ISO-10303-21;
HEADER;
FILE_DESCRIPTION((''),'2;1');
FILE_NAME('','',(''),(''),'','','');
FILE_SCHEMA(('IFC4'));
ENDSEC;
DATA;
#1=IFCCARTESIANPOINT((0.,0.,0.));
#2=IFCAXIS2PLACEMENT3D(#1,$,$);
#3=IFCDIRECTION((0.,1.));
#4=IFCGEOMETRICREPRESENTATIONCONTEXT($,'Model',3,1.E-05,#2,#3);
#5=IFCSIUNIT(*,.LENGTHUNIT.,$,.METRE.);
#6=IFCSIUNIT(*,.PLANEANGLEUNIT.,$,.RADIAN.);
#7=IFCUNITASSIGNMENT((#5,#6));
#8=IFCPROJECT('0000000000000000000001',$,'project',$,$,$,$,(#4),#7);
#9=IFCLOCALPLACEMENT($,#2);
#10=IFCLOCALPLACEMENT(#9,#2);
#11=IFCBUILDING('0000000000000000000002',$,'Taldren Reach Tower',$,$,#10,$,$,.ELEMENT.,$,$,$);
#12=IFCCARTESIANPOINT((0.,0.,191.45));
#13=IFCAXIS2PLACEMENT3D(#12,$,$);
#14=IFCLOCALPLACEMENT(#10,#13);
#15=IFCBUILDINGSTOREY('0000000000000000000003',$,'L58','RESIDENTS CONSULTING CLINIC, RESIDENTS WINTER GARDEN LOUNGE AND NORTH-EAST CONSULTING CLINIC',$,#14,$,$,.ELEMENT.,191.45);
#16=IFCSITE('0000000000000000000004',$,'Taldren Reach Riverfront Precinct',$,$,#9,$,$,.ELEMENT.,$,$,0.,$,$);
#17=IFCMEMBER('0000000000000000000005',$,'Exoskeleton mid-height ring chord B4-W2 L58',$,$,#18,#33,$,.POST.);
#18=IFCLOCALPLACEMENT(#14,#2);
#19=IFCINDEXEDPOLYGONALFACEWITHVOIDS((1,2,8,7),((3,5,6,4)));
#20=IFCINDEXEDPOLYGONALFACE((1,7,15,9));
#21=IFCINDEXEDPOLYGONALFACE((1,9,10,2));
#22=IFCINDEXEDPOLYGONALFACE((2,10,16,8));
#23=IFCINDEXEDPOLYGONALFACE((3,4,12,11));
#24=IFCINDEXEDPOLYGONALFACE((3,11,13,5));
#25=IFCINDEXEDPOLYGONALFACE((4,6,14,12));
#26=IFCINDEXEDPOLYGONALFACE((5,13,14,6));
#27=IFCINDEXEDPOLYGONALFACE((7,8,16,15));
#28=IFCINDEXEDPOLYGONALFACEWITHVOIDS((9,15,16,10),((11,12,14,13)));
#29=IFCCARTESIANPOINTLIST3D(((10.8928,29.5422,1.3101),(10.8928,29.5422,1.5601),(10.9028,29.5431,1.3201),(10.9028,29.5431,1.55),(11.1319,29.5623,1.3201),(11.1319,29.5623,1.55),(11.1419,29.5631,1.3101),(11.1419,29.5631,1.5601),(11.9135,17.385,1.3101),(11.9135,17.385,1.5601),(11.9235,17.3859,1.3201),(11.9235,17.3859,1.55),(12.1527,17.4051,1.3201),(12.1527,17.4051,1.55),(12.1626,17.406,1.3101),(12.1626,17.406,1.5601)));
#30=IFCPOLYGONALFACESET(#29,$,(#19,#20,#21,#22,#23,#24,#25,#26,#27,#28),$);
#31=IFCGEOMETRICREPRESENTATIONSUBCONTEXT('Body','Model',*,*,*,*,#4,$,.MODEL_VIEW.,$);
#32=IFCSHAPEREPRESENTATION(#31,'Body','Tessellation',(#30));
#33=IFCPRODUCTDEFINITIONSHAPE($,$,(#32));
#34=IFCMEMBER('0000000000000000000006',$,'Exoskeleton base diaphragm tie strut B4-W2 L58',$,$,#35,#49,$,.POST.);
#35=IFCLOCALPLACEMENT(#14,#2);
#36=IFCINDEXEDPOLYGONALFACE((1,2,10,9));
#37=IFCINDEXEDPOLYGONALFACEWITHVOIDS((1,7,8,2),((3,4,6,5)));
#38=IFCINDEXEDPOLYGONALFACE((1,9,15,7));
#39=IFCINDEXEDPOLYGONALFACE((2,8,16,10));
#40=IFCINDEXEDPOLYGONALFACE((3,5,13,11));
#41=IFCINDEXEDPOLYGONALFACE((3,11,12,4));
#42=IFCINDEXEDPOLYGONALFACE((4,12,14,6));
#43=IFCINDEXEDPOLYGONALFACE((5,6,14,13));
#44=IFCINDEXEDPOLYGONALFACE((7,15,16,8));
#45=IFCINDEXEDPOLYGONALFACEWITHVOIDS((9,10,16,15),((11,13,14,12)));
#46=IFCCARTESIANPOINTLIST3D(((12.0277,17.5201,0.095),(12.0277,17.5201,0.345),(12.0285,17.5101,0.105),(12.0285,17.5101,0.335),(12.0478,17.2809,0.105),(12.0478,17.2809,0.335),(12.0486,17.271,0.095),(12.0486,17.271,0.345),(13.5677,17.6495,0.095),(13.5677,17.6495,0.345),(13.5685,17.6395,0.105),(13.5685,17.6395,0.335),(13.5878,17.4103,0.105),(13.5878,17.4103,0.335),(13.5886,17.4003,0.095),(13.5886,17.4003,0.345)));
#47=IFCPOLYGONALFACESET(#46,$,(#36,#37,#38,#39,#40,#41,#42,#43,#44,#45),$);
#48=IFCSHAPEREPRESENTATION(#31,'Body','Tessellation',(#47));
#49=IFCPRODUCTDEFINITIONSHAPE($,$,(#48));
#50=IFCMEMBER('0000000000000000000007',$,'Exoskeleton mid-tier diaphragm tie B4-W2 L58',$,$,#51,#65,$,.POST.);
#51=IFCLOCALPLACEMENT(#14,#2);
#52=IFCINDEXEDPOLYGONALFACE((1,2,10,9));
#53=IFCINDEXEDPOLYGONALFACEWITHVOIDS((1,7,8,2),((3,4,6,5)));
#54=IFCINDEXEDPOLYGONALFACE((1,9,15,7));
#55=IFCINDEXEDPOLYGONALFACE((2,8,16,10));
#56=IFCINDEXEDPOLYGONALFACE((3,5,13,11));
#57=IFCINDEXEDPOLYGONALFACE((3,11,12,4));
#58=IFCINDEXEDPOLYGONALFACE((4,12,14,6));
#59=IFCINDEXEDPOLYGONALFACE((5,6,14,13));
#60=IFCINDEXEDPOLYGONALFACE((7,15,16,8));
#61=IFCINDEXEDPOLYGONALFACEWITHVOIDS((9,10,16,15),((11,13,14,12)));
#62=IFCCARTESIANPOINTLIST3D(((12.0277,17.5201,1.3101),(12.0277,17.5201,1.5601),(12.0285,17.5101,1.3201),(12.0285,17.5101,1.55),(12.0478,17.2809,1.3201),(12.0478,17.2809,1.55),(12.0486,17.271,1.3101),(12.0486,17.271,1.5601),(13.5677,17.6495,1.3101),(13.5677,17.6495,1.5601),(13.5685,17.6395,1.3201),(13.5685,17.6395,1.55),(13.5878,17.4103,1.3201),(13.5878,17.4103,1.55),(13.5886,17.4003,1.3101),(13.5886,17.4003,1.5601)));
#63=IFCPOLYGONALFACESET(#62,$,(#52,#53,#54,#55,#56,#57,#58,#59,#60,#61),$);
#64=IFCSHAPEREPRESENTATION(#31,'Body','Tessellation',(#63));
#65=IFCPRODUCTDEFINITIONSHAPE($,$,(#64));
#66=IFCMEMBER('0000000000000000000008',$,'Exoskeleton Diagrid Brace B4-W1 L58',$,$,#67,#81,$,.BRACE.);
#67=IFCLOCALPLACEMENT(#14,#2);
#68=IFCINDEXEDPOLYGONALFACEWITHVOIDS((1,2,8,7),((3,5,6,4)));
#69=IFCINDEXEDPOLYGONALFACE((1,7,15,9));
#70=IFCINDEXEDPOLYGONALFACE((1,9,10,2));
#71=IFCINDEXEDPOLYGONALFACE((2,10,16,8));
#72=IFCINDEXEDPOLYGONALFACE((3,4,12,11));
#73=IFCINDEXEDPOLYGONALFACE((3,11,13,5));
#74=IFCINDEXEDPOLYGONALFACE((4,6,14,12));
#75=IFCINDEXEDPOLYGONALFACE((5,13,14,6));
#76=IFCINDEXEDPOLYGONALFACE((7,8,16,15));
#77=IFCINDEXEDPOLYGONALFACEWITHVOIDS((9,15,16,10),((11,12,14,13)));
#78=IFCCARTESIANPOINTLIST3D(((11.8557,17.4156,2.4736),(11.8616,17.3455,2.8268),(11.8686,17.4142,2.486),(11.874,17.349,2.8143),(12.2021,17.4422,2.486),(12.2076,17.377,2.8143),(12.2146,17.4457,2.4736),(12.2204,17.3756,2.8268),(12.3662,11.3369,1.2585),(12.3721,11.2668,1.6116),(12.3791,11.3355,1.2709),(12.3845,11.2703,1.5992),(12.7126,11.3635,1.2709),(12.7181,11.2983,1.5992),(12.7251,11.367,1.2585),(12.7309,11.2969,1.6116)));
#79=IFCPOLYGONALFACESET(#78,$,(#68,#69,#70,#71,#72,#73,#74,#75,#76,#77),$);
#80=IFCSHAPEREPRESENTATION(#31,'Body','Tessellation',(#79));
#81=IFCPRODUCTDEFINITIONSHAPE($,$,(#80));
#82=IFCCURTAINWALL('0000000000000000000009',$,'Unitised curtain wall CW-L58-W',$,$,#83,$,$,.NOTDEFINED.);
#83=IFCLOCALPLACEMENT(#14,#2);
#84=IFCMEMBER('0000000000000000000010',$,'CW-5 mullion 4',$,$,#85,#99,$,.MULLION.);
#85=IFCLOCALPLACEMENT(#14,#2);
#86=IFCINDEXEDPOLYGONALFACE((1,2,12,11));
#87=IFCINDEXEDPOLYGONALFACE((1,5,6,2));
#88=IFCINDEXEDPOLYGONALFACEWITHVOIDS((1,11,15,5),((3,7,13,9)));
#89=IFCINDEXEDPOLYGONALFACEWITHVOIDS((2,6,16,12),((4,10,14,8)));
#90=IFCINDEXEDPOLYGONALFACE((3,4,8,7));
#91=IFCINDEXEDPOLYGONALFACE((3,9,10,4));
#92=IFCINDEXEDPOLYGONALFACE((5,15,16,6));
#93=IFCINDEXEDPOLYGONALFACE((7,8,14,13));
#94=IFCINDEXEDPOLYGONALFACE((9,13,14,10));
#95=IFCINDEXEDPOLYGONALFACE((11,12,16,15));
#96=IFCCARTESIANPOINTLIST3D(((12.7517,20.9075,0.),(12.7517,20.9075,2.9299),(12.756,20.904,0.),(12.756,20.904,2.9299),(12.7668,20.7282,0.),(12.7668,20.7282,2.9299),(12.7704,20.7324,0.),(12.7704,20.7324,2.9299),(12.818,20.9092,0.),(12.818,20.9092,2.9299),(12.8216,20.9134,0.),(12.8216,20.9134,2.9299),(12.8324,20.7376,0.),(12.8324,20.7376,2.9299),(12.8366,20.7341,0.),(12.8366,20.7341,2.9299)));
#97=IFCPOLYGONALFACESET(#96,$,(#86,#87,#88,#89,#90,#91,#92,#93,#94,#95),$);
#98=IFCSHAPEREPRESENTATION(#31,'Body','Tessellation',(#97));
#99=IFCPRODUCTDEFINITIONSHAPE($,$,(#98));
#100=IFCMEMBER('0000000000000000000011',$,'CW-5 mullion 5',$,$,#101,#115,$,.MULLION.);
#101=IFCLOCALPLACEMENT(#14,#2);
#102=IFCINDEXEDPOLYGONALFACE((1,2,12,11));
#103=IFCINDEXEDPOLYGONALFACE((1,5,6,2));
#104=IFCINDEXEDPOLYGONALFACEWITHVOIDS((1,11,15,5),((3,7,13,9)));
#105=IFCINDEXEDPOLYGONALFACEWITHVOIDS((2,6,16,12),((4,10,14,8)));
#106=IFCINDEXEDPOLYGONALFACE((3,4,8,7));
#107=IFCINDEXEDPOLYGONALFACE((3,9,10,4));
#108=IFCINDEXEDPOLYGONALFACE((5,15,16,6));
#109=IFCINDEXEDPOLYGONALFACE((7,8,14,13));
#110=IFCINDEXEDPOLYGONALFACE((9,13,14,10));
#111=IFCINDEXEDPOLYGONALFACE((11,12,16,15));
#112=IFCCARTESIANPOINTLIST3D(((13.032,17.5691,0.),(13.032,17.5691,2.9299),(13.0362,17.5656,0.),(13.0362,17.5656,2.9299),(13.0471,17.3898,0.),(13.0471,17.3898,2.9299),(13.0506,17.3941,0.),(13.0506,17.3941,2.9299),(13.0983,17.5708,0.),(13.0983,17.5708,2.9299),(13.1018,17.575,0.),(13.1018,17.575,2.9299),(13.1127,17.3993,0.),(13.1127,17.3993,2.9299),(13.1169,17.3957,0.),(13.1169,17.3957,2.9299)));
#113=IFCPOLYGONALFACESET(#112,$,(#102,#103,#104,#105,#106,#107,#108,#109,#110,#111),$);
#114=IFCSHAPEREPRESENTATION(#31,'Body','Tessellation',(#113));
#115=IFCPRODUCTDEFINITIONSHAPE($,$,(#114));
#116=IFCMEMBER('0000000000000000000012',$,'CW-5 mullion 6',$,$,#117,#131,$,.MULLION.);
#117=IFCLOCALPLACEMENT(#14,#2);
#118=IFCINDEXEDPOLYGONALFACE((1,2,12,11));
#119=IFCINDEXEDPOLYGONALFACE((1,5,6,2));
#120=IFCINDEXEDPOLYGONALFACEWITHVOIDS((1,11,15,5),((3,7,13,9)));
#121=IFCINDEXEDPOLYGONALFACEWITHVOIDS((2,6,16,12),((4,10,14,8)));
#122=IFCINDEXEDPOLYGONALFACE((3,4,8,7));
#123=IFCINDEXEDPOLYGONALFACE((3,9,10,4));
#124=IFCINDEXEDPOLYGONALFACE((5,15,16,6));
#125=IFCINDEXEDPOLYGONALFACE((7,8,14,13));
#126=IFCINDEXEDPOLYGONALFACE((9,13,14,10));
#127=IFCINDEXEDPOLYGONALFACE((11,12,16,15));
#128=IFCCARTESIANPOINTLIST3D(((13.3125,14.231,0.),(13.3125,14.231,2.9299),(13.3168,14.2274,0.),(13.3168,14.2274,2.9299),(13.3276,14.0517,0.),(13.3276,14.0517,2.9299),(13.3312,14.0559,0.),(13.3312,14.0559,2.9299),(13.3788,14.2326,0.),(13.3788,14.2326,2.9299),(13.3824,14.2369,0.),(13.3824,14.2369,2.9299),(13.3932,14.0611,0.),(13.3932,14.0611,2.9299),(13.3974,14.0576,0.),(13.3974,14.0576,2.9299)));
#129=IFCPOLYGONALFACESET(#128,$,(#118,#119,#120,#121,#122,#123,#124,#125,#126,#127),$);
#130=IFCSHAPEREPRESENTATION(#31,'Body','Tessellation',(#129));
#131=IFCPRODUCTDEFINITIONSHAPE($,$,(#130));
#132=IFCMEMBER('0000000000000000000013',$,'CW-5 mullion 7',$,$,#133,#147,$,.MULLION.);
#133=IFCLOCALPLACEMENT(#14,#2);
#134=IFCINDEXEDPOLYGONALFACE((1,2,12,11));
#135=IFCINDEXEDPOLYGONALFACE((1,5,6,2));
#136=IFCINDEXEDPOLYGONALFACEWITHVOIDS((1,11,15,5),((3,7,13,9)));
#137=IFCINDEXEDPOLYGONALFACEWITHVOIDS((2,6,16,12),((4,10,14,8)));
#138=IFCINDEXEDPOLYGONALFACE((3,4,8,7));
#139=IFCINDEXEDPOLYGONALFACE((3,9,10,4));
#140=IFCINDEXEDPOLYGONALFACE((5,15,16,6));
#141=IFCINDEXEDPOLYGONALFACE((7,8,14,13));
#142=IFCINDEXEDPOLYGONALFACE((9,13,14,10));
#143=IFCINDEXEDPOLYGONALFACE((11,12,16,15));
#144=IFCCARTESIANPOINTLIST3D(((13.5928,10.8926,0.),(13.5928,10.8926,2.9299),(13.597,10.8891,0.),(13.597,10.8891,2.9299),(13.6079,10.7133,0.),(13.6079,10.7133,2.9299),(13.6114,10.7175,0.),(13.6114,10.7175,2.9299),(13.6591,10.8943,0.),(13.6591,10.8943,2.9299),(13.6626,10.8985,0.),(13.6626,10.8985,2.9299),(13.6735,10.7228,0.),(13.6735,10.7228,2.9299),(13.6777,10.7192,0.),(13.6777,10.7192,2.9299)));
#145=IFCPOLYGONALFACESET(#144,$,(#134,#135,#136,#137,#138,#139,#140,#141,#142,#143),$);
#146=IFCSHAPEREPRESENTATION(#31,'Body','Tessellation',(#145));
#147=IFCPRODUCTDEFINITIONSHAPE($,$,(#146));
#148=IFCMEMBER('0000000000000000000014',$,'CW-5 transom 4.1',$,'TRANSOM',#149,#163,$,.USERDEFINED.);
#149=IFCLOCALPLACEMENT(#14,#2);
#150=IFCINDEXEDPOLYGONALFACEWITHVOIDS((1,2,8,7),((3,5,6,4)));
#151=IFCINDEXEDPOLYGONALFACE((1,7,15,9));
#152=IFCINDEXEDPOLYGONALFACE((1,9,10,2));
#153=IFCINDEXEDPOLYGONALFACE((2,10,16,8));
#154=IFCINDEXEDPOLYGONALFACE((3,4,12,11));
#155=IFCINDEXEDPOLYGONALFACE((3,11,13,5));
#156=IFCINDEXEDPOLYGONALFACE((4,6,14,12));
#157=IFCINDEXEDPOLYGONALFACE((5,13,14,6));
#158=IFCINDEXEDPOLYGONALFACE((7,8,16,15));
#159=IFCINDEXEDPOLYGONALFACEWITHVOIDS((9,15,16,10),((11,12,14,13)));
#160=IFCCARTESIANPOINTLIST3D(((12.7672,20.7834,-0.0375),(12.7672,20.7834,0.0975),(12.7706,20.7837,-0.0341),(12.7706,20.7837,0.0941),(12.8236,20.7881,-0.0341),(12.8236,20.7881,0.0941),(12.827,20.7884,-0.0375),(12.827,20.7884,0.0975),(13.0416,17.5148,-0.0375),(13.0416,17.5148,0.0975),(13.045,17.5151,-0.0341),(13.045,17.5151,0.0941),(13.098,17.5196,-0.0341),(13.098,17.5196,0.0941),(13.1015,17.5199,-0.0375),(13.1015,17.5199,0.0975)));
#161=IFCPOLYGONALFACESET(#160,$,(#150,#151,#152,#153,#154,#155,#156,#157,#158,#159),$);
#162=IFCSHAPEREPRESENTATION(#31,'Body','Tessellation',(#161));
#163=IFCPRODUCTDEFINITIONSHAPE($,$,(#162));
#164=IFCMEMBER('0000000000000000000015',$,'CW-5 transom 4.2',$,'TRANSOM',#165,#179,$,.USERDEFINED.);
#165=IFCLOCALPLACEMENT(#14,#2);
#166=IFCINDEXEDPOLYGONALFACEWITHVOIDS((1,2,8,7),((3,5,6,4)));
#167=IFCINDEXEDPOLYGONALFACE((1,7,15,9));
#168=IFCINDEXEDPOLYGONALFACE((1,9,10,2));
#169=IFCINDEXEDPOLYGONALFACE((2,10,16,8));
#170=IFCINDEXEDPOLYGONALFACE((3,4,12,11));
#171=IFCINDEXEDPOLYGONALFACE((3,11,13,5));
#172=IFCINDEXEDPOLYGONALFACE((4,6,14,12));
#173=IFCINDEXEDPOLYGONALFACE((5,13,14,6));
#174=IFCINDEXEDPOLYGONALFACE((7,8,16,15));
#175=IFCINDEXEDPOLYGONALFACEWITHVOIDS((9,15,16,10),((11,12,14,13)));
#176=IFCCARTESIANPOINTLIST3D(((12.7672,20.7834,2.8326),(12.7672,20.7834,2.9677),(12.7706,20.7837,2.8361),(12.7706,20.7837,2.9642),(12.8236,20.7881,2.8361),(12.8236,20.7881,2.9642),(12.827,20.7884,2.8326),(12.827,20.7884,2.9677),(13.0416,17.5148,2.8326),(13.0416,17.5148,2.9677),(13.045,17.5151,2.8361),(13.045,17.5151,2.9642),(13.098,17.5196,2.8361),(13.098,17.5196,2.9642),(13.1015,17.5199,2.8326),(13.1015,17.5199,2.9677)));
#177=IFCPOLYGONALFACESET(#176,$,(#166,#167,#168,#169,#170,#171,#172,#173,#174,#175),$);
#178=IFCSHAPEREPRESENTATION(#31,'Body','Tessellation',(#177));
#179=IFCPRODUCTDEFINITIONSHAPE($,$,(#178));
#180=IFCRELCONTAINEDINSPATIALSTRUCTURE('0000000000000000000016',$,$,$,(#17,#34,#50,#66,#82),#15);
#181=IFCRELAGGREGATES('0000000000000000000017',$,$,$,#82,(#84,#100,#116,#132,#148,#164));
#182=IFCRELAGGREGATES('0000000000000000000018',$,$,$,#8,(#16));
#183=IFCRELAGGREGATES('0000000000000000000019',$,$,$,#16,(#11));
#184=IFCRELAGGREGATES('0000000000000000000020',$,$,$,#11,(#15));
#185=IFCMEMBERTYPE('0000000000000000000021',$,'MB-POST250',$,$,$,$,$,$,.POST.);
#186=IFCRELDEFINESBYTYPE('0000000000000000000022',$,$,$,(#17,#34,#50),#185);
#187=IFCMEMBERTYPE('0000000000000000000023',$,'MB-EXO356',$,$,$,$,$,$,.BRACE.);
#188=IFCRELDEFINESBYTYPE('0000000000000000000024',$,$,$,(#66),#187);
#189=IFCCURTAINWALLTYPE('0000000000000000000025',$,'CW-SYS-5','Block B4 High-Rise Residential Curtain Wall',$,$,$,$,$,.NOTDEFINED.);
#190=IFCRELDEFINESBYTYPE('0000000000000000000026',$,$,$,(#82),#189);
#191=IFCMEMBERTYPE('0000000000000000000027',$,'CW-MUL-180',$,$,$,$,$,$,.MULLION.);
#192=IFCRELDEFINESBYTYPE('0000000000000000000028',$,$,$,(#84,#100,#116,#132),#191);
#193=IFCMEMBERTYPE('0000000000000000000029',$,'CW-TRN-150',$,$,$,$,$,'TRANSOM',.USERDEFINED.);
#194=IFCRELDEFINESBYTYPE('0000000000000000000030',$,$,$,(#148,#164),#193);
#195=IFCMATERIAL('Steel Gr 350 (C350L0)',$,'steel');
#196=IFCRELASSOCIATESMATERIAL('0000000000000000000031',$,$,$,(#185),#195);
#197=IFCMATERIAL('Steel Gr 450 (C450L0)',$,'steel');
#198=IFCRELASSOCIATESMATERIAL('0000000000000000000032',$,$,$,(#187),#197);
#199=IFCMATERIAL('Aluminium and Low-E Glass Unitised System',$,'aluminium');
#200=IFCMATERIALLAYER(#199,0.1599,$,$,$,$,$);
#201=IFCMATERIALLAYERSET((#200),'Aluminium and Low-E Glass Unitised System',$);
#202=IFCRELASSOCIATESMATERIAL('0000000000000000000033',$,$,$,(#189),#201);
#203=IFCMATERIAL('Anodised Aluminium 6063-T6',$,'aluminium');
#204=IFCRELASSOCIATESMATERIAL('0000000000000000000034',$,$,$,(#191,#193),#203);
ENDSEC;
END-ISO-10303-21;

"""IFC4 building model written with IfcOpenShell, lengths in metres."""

from ifc_helpers import new_model, si_unit, direction, frame, origin, origin_2d, place, context, subcontext, project, spatial, hollow_rectangle, extrude, source, transform, mapped, material, layer, layer_set, material_profile, profile_set, type_object, element, aggregate, save


model = new_model("IFC4")

# Units and contexts
model_context = context("Model", 3, precision=1e-05, world=origin(), true_north=direction((0.0, 1.0)))
body_context = subcontext(model_context, "Body", "Model", "MODEL_VIEW")
ifc_project = project(units=[si_unit("LENGTHUNIT", "METRE"), si_unit("PLANEANGLEUNIT", "RADIAN")], contexts=[model_context])

# Site, building, storey
site_placement = place(None, origin())
site = spatial("IfcSite", under=ifc_project, at=site_placement, Name="Taldren Reach Riverfront Precinct", CompositionType="ELEMENT", RefElevation=0.0)
building_placement = place(site_placement, origin())
building = spatial("IfcBuilding", under=site, at=building_placement, Name="Taldren Reach Tower", CompositionType="ELEMENT")
storey_placement = place(building_placement, frame((0.0, 0.0, 191.45)))
storey = spatial("IfcBuildingStorey", under=building, at=storey_placement, Name="L58", Description="RESIDENTS CONSULTING CLINIC, RESIDENTS WINTER GARDEN LOUNGE AND NORTH-EAST CONSULTING CLINIC", CompositionType="ELEMENT", Elevation=191.45)

# Shared definitions
ifc_material_1 = material(Name="Steel Gr 450 (C450L0)", Category="steel")

# Members
ifc_material_2 = material(Name="Steel Gr 350 (C350L0)", Category="steel")
ifc_material_profile_1 = material_profile(ifc_material_2, hollow_rectangle(XDim=0.25, YDim=0.25, WallThickness=0.01, at=origin_2d()), Name="250x250x10.0SHS")
ifc_profile_set_1 = profile_set([ifc_material_profile_1], Name="Steel Gr 350 (C350L0)")
member_type_1 = type_object("IfcMemberType", Name="MB-POST250", PredefinedType="POST", material=ifc_profile_set_1)
shared_shape_1 = source(origin(), body_context, "Body", "SweptSolid", [
    extrude(hollow_rectangle(XDim=0.25, YDim=0.25, WallThickness=0.01, at=origin_2d()), origin(), (0.0, 0.0, 1.0), 12.2),
])
member_1_placement = place(storey_placement, frame((12.0381, 17.3955, 1.4351), z_axis=(-0.083668, 0.996494, 0.0), x_axis=(-0.996494, -0.083668, 0.0)))
element("IfcMember", 1, at=member_1_placement, inside=storey, type_object=member_type_1, Name="Exoskeleton mid-height ring chord B4-W2 L58", PredefinedType="POST", context=body_context, shape_type="MappedRepresentation", body=[
    mapped(shared_shape_1, transform((0.0, 0.0, 0.0), scale=1.0)),
])
shared_shape_2 = source(origin(), body_context, "Body", "SweptSolid", [
    extrude(hollow_rectangle(XDim=0.25, YDim=0.25, WallThickness=0.01, at=origin_2d()), origin(), (0.0, 0.0, 1.0), 1.5454),
])
for number, where, z_axis, x_axis, name in (
    (2, (13.5781, 17.5249, 0.22), (-0.996489, -0.083725, 0.0), (0.083725, -0.996489, 0.0), "Exoskeleton base diaphragm tie strut B4-W2 L58"),
    (3, (13.5781, 17.5249, 1.4351), (-0.996489, -0.083725, 0.0), (0.083725, -0.996489, 0.0), "Exoskeleton mid-tier diaphragm tie B4-W2 L58"),
):
    element("IfcMember", number, at=place(storey_placement, frame(where, z_axis=z_axis, x_axis=x_axis)), inside=storey, type_object=member_type_1, Name=name, PredefinedType="POST", context=body_context, shape_type="MappedRepresentation", body=[
        mapped(shared_shape_2, transform((0.0, 0.0, 0.0), scale=1.0)),
    ])
ifc_material_profile_2 = material_profile(ifc_material_1, hollow_rectangle(XDim=0.3601, YDim=0.3601, WallThickness=0.0127, at=origin_2d()), Name="360x360x12.7SHS")
ifc_profile_set_2 = profile_set([ifc_material_profile_2], Name="Steel Gr 450 (C450L0)")
member_type_2 = type_object("IfcMemberType", Name="MB-EXO356", PredefinedType="BRACE", material=ifc_profile_set_2)
shared_shape_3 = source(origin(), body_context, "Body", "SweptSolid", [
    extrude(hollow_rectangle(XDim=0.3601, YDim=0.3601, WallThickness=0.0127, at=origin_2d()), origin(), (0.0, 0.0, 1.0), 6.22),
])
member_2_placement = place(storey_placement, frame((12.5486, 11.3169, 1.4351), z_axis=(-0.082076, 0.977292, 0.195356), x_axis=(-0.996492, -0.083688, 0.0)))
element("IfcMember", 4, at=member_2_placement, inside=storey, type_object=member_type_2, Name="Exoskeleton Diagrid Brace B4-W1 L58", PredefinedType="BRACE", context=body_context, shape_type="MappedRepresentation", body=[
    mapped(shared_shape_3, transform((0.0, 0.0, 0.0), scale=1.0)),
])

# Curtain wall, members
ifc_material_3 = material(Name="Aluminium and Low-E Glass Unitised System", Category="aluminium")
ifc_layer_1 = layer(ifc_material_3, 0.1599)
ifc_layer_set_1 = layer_set([ifc_layer_1], Name="Aluminium and Low-E Glass Unitised System")
curtain_wall_type = type_object("IfcCurtainWallType", Name="CW-SYS-5", Description="Block B4 High-Rise Residential Curtain Wall", PredefinedType="NOTDEFINED", material=ifc_layer_set_1)
curtain_wall_placement = place(storey_placement, origin())
curtain_wall = element("IfcCurtainWall", 5, at=curtain_wall_placement, inside=storey, type_object=curtain_wall_type, Name="Unitised curtain wall CW-L58-W", PredefinedType="NOTDEFINED")
ifc_material_4 = material(Name="Anodised Aluminium 6063-T6", Category="aluminium")
ifc_material_profile_3 = material_profile(ifc_material_4, hollow_rectangle(XDim=0.0701, YDim=0.1799, WallThickness=0.0039, at=origin_2d()), Name="ALU-180x70x4RHS")
ifc_profile_set_3 = profile_set([ifc_material_profile_3], Name="Anodised Aluminium 6063-T6")
member_type_3 = type_object("IfcMemberType", Name="CW-MUL-180", PredefinedType="MULLION", material=ifc_profile_set_3)
shared_shape_4 = source(origin(), body_context, "Body", "SweptSolid", [
    extrude(hollow_rectangle(XDim=0.0701, YDim=0.1799, WallThickness=0.0039, at=origin_2d()), origin(), (0.0, 0.0, 1.0), 2.9299),
])
member_3_placement = place(storey_placement, frame((12.7942, 20.8208, 0.0), z_axis=(0.0, 0.0, 1.0), x_axis=(0.996493, 0.083678, 0.0)))
member_3 = element("IfcMember", 6, at=member_3_placement, type_object=member_type_3, Name="CW-5 mullion 4", PredefinedType="MULLION", context=body_context, shape_type="MappedRepresentation", body=[
    mapped(shared_shape_4, transform((0.0, 0.0, 0.0), scale=1.0)),
])
member_4_placement = place(storey_placement, frame((13.0745, 17.4824, 0.0), z_axis=(0.0, 0.0, 1.0), x_axis=(0.996493, 0.083678, 0.0)))
member_4 = element("IfcMember", 7, at=member_4_placement, type_object=member_type_3, Name="CW-5 mullion 5", PredefinedType="MULLION", context=body_context, shape_type="MappedRepresentation", body=[
    mapped(shared_shape_4, transform((0.0, 0.0, 0.0), scale=1.0)),
])
member_5_placement = place(storey_placement, frame((13.355, 14.1443, 0.0), z_axis=(0.0, 0.0, 1.0), x_axis=(0.996493, 0.083678, 0.0)))
member_5 = element("IfcMember", 8, at=member_5_placement, type_object=member_type_3, Name="CW-5 mullion 6", PredefinedType="MULLION", context=body_context, shape_type="MappedRepresentation", body=[
    mapped(shared_shape_4, transform((0.0, 0.0, 0.0), scale=1.0)),
])
member_6_placement = place(storey_placement, frame((13.6353, 10.8059, 0.0), z_axis=(0.0, 0.0, 1.0), x_axis=(0.996493, 0.083678, 0.0)))
member_6 = element("IfcMember", 9, at=member_6_placement, type_object=member_type_3, Name="CW-5 mullion 7", PredefinedType="MULLION", context=body_context, shape_type="MappedRepresentation", body=[
    mapped(shared_shape_4, transform((0.0, 0.0, 0.0), scale=1.0)),
])
ifc_material_profile_4 = material_profile(ifc_material_4, hollow_rectangle(XDim=0.0601, YDim=0.135, WallThickness=0.0034, at=origin_2d()), Name="ALU-135x60x3.5RHS")
ifc_profile_set_4 = profile_set([ifc_material_profile_4], Name="Anodised Aluminium 6063-T6")
member_type_4 = type_object("IfcMemberType", Name="CW-TRN-150", ElementType="TRANSOM", PredefinedType="USERDEFINED", material=ifc_profile_set_4)
shared_shape_5 = source(origin(), body_context, "Body", "SweptSolid", [
    extrude(hollow_rectangle(XDim=0.0601, YDim=0.135, WallThickness=0.0034, at=origin_2d()), origin(), (0.0, 0.0, 1.0), 3.28),
])
member_7_placement = place(storey_placement, frame((12.7971, 20.7859, 0.03), z_axis=(0.083661, -0.996494, 0.0), x_axis=(0.996494, 0.083661, 0.0)))
member_7 = element("IfcMember", 10, at=member_7_placement, type_object=member_type_4, Name="CW-5 transom 4.1", ObjectType="TRANSOM", PredefinedType="USERDEFINED", context=body_context, shape_type="MappedRepresentation", body=[
    mapped(shared_shape_5, transform((0.0, 0.0, 0.0), scale=1.0)),
])
member_8_placement = place(storey_placement, frame((12.7971, 20.7859, 2.9001), z_axis=(0.083661, -0.996494, 0.0), x_axis=(0.996494, 0.083661, 0.0)))
member_8 = element("IfcMember", 11, at=member_8_placement, type_object=member_type_4, Name="CW-5 transom 4.2", ObjectType="TRANSOM", PredefinedType="USERDEFINED", context=body_context, shape_type="MappedRepresentation", body=[
    mapped(shared_shape_5, transform((0.0, 0.0, 0.0), scale=1.0)),
])

aggregate(curtain_wall, [member_3, member_4, member_5, member_6, member_7, member_8])

save(model, "model.ifc")
